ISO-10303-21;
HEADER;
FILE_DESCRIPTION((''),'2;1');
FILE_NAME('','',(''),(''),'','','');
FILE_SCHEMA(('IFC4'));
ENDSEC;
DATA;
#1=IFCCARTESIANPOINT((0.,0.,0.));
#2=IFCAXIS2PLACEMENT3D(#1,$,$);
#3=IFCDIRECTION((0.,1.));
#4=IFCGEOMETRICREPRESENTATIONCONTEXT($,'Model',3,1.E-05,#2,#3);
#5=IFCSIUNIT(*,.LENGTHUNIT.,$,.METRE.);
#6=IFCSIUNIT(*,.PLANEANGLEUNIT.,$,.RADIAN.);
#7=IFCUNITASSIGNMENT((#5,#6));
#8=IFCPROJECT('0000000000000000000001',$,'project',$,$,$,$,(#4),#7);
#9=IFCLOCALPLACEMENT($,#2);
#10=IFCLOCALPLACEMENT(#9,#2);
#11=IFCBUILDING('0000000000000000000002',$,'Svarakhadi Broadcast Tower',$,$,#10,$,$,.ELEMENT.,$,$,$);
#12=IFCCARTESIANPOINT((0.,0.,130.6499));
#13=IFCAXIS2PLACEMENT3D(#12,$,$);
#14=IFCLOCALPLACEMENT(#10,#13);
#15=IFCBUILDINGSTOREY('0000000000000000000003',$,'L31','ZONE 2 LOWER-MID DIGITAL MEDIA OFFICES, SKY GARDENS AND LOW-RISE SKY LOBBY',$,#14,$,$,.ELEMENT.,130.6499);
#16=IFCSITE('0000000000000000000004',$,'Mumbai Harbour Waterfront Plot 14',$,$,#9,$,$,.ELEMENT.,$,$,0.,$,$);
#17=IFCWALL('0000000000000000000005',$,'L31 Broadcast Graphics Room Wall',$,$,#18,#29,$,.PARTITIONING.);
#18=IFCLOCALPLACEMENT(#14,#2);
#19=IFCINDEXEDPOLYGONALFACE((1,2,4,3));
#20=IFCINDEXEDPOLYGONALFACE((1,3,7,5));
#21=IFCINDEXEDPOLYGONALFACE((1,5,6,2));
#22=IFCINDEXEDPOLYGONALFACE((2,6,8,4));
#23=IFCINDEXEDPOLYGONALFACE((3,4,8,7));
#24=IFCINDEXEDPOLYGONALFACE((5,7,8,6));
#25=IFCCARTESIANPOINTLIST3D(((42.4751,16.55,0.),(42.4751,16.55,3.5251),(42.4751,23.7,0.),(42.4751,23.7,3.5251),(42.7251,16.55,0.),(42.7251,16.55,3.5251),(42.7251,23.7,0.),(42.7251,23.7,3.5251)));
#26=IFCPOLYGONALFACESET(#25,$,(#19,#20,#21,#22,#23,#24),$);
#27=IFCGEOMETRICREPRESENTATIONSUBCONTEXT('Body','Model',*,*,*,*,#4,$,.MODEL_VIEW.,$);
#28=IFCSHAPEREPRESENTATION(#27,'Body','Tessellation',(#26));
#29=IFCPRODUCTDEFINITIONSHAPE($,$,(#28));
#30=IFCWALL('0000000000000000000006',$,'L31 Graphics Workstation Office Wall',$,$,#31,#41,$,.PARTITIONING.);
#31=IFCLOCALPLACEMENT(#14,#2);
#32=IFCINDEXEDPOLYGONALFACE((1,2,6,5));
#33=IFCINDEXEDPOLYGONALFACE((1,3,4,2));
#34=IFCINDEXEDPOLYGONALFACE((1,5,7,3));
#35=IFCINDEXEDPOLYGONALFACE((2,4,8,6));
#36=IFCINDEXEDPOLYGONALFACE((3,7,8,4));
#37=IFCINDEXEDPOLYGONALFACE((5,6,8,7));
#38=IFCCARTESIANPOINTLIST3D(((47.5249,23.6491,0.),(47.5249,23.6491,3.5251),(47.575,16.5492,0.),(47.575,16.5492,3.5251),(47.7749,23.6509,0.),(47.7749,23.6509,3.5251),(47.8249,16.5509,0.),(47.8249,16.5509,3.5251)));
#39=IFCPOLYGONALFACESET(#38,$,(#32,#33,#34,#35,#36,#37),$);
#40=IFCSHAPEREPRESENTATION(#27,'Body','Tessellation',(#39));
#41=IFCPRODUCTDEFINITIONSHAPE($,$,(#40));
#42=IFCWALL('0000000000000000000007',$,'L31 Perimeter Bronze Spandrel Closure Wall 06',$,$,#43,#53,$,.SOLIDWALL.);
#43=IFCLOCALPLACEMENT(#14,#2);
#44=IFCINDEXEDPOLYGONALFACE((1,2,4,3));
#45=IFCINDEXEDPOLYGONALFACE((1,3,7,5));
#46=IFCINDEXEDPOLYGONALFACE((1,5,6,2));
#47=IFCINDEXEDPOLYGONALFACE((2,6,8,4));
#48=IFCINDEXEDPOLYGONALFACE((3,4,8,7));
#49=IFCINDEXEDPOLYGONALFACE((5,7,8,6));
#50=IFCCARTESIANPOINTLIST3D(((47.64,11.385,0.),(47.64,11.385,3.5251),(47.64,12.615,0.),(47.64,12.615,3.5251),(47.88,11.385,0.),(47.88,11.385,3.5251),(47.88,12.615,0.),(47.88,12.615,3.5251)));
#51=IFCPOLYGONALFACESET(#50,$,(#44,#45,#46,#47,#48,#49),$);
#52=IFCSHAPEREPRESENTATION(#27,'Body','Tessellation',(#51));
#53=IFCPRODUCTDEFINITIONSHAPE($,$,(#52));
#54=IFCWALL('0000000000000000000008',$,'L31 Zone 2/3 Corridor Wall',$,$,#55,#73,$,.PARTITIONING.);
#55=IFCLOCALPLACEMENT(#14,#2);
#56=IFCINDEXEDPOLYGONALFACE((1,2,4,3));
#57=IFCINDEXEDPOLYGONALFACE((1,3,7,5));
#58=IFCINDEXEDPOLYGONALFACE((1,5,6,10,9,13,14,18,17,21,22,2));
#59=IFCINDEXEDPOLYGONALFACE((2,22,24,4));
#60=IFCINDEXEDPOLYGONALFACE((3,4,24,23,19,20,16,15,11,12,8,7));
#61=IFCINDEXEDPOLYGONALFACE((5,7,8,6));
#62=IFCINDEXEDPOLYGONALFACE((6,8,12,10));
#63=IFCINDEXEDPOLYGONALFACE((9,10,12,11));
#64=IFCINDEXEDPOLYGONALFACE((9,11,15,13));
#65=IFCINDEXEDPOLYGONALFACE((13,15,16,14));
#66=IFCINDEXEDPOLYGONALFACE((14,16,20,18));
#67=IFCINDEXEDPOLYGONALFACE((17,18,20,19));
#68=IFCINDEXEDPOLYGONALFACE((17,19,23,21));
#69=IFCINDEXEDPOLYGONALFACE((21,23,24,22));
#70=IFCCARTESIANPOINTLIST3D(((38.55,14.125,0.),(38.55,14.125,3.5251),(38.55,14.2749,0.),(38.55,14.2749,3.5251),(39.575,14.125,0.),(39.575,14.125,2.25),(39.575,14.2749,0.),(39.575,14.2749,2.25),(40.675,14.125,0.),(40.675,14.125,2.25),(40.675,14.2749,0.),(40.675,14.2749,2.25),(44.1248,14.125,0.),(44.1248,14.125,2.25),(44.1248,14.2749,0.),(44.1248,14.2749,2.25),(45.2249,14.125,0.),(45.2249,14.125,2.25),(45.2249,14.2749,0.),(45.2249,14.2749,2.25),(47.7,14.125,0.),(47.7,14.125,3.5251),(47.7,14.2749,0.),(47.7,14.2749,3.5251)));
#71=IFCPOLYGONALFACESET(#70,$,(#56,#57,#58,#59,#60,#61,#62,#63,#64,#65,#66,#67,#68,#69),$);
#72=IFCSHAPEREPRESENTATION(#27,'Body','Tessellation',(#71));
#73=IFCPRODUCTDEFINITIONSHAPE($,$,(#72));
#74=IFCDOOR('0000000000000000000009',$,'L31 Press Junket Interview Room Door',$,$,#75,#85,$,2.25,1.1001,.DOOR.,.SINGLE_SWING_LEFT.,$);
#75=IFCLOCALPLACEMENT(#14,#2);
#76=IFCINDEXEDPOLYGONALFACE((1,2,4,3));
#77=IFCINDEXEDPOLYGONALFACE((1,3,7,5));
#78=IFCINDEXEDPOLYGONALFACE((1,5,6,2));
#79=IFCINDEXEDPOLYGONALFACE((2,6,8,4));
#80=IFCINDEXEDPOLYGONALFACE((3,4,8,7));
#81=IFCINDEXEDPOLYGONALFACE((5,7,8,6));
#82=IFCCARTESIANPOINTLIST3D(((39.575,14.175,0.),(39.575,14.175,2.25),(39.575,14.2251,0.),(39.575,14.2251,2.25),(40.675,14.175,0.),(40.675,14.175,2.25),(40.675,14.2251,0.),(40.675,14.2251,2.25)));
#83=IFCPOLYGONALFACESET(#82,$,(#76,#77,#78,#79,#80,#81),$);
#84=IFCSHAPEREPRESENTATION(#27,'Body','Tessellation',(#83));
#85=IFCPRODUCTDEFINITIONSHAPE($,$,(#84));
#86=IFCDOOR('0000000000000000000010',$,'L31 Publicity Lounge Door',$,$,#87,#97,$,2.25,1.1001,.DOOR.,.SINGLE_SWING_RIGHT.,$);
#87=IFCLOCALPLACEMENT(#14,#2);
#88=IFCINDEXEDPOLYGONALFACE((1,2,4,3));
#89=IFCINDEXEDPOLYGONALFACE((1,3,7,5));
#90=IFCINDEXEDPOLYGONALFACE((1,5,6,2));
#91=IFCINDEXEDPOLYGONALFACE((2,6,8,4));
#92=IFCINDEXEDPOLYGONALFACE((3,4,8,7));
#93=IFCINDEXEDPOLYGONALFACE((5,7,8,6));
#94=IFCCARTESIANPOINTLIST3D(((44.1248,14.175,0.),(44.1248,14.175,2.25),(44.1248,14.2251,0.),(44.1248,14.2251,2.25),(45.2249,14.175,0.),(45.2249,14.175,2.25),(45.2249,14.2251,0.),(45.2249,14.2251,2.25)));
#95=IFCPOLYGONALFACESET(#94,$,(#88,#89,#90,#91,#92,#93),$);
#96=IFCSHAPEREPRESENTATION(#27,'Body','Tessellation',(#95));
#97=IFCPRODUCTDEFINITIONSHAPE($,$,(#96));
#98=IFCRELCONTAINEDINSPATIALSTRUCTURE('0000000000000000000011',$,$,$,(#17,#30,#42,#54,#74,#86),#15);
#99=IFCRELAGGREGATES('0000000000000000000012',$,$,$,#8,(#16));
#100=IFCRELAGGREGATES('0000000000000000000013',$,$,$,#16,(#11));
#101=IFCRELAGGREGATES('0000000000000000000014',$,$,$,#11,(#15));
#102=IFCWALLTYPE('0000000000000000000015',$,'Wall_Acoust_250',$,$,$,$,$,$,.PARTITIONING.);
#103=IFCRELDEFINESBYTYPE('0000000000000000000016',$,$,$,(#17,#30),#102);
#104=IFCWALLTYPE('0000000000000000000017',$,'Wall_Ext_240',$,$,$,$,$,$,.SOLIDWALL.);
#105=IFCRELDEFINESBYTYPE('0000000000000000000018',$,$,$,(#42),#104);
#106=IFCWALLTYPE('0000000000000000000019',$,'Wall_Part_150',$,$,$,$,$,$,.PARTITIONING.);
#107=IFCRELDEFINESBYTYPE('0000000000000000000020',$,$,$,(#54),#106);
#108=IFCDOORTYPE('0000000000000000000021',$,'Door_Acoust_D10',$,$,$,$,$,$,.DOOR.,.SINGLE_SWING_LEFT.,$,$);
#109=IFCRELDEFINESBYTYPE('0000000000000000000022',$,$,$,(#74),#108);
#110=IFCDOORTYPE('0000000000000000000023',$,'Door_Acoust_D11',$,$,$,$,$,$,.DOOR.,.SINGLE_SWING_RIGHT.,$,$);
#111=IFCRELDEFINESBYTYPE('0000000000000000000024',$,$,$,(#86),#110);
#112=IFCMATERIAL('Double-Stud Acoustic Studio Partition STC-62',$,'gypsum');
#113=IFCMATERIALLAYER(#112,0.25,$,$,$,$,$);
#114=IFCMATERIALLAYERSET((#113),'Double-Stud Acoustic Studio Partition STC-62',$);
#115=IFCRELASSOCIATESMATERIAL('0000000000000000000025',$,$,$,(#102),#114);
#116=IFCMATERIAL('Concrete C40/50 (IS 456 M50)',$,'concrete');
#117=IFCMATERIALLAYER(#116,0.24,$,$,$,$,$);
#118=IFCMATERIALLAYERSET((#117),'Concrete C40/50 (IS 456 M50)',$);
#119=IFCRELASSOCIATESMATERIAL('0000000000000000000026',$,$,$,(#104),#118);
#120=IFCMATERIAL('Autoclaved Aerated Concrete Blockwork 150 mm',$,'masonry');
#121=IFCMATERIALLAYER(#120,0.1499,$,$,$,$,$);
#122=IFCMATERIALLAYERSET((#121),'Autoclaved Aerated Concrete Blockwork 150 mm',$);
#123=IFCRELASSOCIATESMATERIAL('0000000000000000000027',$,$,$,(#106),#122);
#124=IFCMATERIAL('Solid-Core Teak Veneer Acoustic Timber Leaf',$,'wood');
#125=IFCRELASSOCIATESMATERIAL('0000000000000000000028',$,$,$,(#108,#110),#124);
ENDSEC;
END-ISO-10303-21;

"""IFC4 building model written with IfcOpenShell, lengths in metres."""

from ifc_helpers import new_model, si_unit, direction, frame, frame_2d, origin, place, context, subcontext, project, spatial, rectangle, extrude, material, layer, layer_set, type_object, element, fill, save


model = new_model("IFC4")

# Units and contexts
model_context = context("Model", 3, precision=1e-05, world=origin(), true_north=direction((0.0, 1.0)))
body_context = subcontext(model_context, "Body", "Model", "MODEL_VIEW")
ifc_project = project(units=[si_unit("LENGTHUNIT", "METRE"), si_unit("PLANEANGLEUNIT", "RADIAN")], contexts=[model_context])

# Site, building, storey
site_placement = place(None, origin())
site = spatial("IfcSite", under=ifc_project, at=site_placement, Name="Mumbai Harbour Waterfront Plot 14", CompositionType="ELEMENT", RefElevation=0.0)
building_placement = place(site_placement, origin())
building = spatial("IfcBuilding", under=site, at=building_placement, Name="Svarakhadi Broadcast Tower", CompositionType="ELEMENT")
storey_placement = place(building_placement, frame((0.0, 0.0, 130.6499)))
storey = spatial("IfcBuildingStorey", under=building, at=storey_placement, Name="L31", Description="ZONE 2 LOWER-MID DIGITAL MEDIA OFFICES, SKY GARDENS AND LOW-RISE SKY LOBBY", CompositionType="ELEMENT", Elevation=130.6499)

# Walls
ifc_material_1 = material(Name="Double-Stud Acoustic Studio Partition STC-62", Category="gypsum")
ifc_layer_1 = layer(ifc_material_1, 0.25)
ifc_layer_set_1 = layer_set([ifc_layer_1], Name="Double-Stud Acoustic Studio Partition STC-62")
wall_type_1 = type_object("IfcWallType", Name="Wall_Acoust_250", PredefinedType="PARTITIONING", material=ifc_layer_set_1)
wall_1_placement = place(storey_placement, frame((42.6001, 16.55, 0.0), z_axis=(0.0, 0.0, 1.0), x_axis=(0.0, 1.0, 0.0)))
element("IfcWall", 1, at=wall_1_placement, inside=storey, type_object=wall_type_1, Name="L31 Broadcast Graphics Room Wall", PredefinedType="PARTITIONING", context=body_context, shape_type="SweptSolid", body=[
    extrude(rectangle(XDim=7.1499, YDim=0.25, at=frame_2d((3.575, 0.0))), origin(), (0.0, 0.0, 1.0), 3.5251),
])
wall_2_placement = place(storey_placement, frame((47.7, 16.55, 0.0), z_axis=(0.0, 0.0, 1.0), x_axis=(-0.007049, 0.999975, 0.0)))
element("IfcWall", 2, at=wall_2_placement, inside=storey, type_object=wall_type_1, Name="L31 Graphics Workstation Office Wall", PredefinedType="PARTITIONING", context=body_context, shape_type="SweptSolid", body=[
    extrude(rectangle(XDim=7.1001, YDim=0.25, at=frame_2d((3.55, 0.0))), origin(), (0.0, 0.0, 1.0), 3.5251),
])
ifc_material_2 = material(Name="Concrete C40/50 (IS 456 M50)", Category="concrete")
ifc_layer_2 = layer(ifc_material_2, 0.24)
ifc_layer_set_2 = layer_set([ifc_layer_2], Name="Concrete C40/50 (IS 456 M50)")
wall_type_2 = type_object("IfcWallType", Name="Wall_Ext_240", PredefinedType="SOLIDWALL", material=ifc_layer_set_2)
wall_3_placement = place(storey_placement, frame((47.76, 12.615, 0.0), z_axis=(0.0, 0.0, 1.0), x_axis=(0.0, -1.0, 0.0)))
element("IfcWall", 3, at=wall_3_placement, inside=storey, type_object=wall_type_2, Name="L31 Perimeter Bronze Spandrel Closure Wall 06", PredefinedType="SOLIDWALL", context=body_context, shape_type="SweptSolid", body=[
    extrude(rectangle(XDim=1.23, YDim=0.24, at=frame_2d((0.615, 0.0))), origin(), (0.0, 0.0, 1.0), 3.5251),
])

# Wall, openings, doors
ifc_material_3 = material(Name="Autoclaved Aerated Concrete Blockwork 150 mm", Category="masonry")
ifc_layer_3 = layer(ifc_material_3, 0.1499)
ifc_layer_set_3 = layer_set([ifc_layer_3], Name="Autoclaved Aerated Concrete Blockwork 150 mm")
wall_type_3 = type_object("IfcWallType", Name="Wall_Part_150", PredefinedType="PARTITIONING", material=ifc_layer_set_3)
wall_4_placement = place(storey_placement, frame((47.7, 14.2, 0.0), z_axis=(0.0, 0.0, 1.0), x_axis=(-1.0, 0.0, 0.0)))
wall_4 = element("IfcWall", 4, at=wall_4_placement, inside=storey, type_object=wall_type_3, Name="L31 Zone 2/3 Corridor Wall", PredefinedType="PARTITIONING", context=body_context, shape_type="SweptSolid", body=[
    extrude(rectangle(XDim=9.1499, YDim=0.1499, at=frame_2d((4.575, 0.0))), origin(), (0.0, 0.0, 1.0), 3.5251),
])
opening_1_placement = place(wall_4_placement, frame((7.0249, 0.0, 0.0)))
opening_1 = element("IfcOpeningElement", 5, at=opening_1_placement, cuts=wall_4, PredefinedType="OPENING", context=body_context, shape_type="SweptSolid", body=[
    extrude(rectangle(XDim=1.1001, YDim=2.25, at=frame_2d((0.55, 1.125))), frame((0.0, 0.085, 0.0), z_axis=(0.0, -1.0, 0.0), x_axis=(1.0, 0.0, 0.0)), (0.0, 0.0, 1.0), 0.1699),
])
opening_2_placement = place(wall_4_placement, frame((2.4751, 0.0, 0.0)))
opening_2 = element("IfcOpeningElement", 6, at=opening_2_placement, cuts=wall_4, PredefinedType="OPENING", context=body_context, shape_type="SweptSolid", body=[
    extrude(rectangle(XDim=1.1001, YDim=2.25, at=frame_2d((0.55, 1.125))), frame((0.0, 0.085, 0.0), z_axis=(0.0, -1.0, 0.0), x_axis=(1.0, 0.0, 0.0)), (0.0, 0.0, 1.0), 0.1699),
])
ifc_material_4 = material(Name="Solid-Core Teak Veneer Acoustic Timber Leaf", Category="wood")
door_type_1 = type_object("IfcDoorType", Name="Door_Acoust_D10", OperationType="SINGLE_SWING_LEFT", PredefinedType="DOOR", material=ifc_material_4)
door_1_placement = place(opening_1_placement, origin())
door_1 = element("IfcDoor", 7, at=door_1_placement, inside=storey, type_object=door_type_1, Name="L31 Press Junket Interview Room Door", OperationType="SINGLE_SWING_LEFT", OverallHeight=2.25, OverallWidth=1.1001, PredefinedType="DOOR", context=body_context, shape_type="SweptSolid", body=[
    extrude(rectangle(XDim=1.1001, YDim=2.25, at=frame_2d((0.55, 1.125))), frame((0.0, 0.0249, 0.0), z_axis=(0.0, -1.0, 0.0), x_axis=(1.0, 0.0, 0.0)), (0.0, 0.0, 1.0), 0.05),
])
fill(opening_1, door_1)
door_type_2 = type_object("IfcDoorType", Name="Door_Acoust_D11", OperationType="SINGLE_SWING_RIGHT", PredefinedType="DOOR", material=ifc_material_4)
door_2_placement = place(opening_2_placement, origin())
door_2 = element("IfcDoor", 8, at=door_2_placement, inside=storey, type_object=door_type_2, Name="L31 Publicity Lounge Door", OperationType="SINGLE_SWING_RIGHT", OverallHeight=2.25, OverallWidth=1.1001, PredefinedType="DOOR", context=body_context, shape_type="SweptSolid", body=[
    extrude(rectangle(XDim=1.1001, YDim=2.25, at=frame_2d((0.55, 1.125))), frame((0.0, 0.0249, 0.0), z_axis=(0.0, -1.0, 0.0), x_axis=(1.0, 0.0, 0.0)), (0.0, 0.0, 1.0), 0.05),
])
fill(opening_2, door_2)

save(model, "model.ifc")
